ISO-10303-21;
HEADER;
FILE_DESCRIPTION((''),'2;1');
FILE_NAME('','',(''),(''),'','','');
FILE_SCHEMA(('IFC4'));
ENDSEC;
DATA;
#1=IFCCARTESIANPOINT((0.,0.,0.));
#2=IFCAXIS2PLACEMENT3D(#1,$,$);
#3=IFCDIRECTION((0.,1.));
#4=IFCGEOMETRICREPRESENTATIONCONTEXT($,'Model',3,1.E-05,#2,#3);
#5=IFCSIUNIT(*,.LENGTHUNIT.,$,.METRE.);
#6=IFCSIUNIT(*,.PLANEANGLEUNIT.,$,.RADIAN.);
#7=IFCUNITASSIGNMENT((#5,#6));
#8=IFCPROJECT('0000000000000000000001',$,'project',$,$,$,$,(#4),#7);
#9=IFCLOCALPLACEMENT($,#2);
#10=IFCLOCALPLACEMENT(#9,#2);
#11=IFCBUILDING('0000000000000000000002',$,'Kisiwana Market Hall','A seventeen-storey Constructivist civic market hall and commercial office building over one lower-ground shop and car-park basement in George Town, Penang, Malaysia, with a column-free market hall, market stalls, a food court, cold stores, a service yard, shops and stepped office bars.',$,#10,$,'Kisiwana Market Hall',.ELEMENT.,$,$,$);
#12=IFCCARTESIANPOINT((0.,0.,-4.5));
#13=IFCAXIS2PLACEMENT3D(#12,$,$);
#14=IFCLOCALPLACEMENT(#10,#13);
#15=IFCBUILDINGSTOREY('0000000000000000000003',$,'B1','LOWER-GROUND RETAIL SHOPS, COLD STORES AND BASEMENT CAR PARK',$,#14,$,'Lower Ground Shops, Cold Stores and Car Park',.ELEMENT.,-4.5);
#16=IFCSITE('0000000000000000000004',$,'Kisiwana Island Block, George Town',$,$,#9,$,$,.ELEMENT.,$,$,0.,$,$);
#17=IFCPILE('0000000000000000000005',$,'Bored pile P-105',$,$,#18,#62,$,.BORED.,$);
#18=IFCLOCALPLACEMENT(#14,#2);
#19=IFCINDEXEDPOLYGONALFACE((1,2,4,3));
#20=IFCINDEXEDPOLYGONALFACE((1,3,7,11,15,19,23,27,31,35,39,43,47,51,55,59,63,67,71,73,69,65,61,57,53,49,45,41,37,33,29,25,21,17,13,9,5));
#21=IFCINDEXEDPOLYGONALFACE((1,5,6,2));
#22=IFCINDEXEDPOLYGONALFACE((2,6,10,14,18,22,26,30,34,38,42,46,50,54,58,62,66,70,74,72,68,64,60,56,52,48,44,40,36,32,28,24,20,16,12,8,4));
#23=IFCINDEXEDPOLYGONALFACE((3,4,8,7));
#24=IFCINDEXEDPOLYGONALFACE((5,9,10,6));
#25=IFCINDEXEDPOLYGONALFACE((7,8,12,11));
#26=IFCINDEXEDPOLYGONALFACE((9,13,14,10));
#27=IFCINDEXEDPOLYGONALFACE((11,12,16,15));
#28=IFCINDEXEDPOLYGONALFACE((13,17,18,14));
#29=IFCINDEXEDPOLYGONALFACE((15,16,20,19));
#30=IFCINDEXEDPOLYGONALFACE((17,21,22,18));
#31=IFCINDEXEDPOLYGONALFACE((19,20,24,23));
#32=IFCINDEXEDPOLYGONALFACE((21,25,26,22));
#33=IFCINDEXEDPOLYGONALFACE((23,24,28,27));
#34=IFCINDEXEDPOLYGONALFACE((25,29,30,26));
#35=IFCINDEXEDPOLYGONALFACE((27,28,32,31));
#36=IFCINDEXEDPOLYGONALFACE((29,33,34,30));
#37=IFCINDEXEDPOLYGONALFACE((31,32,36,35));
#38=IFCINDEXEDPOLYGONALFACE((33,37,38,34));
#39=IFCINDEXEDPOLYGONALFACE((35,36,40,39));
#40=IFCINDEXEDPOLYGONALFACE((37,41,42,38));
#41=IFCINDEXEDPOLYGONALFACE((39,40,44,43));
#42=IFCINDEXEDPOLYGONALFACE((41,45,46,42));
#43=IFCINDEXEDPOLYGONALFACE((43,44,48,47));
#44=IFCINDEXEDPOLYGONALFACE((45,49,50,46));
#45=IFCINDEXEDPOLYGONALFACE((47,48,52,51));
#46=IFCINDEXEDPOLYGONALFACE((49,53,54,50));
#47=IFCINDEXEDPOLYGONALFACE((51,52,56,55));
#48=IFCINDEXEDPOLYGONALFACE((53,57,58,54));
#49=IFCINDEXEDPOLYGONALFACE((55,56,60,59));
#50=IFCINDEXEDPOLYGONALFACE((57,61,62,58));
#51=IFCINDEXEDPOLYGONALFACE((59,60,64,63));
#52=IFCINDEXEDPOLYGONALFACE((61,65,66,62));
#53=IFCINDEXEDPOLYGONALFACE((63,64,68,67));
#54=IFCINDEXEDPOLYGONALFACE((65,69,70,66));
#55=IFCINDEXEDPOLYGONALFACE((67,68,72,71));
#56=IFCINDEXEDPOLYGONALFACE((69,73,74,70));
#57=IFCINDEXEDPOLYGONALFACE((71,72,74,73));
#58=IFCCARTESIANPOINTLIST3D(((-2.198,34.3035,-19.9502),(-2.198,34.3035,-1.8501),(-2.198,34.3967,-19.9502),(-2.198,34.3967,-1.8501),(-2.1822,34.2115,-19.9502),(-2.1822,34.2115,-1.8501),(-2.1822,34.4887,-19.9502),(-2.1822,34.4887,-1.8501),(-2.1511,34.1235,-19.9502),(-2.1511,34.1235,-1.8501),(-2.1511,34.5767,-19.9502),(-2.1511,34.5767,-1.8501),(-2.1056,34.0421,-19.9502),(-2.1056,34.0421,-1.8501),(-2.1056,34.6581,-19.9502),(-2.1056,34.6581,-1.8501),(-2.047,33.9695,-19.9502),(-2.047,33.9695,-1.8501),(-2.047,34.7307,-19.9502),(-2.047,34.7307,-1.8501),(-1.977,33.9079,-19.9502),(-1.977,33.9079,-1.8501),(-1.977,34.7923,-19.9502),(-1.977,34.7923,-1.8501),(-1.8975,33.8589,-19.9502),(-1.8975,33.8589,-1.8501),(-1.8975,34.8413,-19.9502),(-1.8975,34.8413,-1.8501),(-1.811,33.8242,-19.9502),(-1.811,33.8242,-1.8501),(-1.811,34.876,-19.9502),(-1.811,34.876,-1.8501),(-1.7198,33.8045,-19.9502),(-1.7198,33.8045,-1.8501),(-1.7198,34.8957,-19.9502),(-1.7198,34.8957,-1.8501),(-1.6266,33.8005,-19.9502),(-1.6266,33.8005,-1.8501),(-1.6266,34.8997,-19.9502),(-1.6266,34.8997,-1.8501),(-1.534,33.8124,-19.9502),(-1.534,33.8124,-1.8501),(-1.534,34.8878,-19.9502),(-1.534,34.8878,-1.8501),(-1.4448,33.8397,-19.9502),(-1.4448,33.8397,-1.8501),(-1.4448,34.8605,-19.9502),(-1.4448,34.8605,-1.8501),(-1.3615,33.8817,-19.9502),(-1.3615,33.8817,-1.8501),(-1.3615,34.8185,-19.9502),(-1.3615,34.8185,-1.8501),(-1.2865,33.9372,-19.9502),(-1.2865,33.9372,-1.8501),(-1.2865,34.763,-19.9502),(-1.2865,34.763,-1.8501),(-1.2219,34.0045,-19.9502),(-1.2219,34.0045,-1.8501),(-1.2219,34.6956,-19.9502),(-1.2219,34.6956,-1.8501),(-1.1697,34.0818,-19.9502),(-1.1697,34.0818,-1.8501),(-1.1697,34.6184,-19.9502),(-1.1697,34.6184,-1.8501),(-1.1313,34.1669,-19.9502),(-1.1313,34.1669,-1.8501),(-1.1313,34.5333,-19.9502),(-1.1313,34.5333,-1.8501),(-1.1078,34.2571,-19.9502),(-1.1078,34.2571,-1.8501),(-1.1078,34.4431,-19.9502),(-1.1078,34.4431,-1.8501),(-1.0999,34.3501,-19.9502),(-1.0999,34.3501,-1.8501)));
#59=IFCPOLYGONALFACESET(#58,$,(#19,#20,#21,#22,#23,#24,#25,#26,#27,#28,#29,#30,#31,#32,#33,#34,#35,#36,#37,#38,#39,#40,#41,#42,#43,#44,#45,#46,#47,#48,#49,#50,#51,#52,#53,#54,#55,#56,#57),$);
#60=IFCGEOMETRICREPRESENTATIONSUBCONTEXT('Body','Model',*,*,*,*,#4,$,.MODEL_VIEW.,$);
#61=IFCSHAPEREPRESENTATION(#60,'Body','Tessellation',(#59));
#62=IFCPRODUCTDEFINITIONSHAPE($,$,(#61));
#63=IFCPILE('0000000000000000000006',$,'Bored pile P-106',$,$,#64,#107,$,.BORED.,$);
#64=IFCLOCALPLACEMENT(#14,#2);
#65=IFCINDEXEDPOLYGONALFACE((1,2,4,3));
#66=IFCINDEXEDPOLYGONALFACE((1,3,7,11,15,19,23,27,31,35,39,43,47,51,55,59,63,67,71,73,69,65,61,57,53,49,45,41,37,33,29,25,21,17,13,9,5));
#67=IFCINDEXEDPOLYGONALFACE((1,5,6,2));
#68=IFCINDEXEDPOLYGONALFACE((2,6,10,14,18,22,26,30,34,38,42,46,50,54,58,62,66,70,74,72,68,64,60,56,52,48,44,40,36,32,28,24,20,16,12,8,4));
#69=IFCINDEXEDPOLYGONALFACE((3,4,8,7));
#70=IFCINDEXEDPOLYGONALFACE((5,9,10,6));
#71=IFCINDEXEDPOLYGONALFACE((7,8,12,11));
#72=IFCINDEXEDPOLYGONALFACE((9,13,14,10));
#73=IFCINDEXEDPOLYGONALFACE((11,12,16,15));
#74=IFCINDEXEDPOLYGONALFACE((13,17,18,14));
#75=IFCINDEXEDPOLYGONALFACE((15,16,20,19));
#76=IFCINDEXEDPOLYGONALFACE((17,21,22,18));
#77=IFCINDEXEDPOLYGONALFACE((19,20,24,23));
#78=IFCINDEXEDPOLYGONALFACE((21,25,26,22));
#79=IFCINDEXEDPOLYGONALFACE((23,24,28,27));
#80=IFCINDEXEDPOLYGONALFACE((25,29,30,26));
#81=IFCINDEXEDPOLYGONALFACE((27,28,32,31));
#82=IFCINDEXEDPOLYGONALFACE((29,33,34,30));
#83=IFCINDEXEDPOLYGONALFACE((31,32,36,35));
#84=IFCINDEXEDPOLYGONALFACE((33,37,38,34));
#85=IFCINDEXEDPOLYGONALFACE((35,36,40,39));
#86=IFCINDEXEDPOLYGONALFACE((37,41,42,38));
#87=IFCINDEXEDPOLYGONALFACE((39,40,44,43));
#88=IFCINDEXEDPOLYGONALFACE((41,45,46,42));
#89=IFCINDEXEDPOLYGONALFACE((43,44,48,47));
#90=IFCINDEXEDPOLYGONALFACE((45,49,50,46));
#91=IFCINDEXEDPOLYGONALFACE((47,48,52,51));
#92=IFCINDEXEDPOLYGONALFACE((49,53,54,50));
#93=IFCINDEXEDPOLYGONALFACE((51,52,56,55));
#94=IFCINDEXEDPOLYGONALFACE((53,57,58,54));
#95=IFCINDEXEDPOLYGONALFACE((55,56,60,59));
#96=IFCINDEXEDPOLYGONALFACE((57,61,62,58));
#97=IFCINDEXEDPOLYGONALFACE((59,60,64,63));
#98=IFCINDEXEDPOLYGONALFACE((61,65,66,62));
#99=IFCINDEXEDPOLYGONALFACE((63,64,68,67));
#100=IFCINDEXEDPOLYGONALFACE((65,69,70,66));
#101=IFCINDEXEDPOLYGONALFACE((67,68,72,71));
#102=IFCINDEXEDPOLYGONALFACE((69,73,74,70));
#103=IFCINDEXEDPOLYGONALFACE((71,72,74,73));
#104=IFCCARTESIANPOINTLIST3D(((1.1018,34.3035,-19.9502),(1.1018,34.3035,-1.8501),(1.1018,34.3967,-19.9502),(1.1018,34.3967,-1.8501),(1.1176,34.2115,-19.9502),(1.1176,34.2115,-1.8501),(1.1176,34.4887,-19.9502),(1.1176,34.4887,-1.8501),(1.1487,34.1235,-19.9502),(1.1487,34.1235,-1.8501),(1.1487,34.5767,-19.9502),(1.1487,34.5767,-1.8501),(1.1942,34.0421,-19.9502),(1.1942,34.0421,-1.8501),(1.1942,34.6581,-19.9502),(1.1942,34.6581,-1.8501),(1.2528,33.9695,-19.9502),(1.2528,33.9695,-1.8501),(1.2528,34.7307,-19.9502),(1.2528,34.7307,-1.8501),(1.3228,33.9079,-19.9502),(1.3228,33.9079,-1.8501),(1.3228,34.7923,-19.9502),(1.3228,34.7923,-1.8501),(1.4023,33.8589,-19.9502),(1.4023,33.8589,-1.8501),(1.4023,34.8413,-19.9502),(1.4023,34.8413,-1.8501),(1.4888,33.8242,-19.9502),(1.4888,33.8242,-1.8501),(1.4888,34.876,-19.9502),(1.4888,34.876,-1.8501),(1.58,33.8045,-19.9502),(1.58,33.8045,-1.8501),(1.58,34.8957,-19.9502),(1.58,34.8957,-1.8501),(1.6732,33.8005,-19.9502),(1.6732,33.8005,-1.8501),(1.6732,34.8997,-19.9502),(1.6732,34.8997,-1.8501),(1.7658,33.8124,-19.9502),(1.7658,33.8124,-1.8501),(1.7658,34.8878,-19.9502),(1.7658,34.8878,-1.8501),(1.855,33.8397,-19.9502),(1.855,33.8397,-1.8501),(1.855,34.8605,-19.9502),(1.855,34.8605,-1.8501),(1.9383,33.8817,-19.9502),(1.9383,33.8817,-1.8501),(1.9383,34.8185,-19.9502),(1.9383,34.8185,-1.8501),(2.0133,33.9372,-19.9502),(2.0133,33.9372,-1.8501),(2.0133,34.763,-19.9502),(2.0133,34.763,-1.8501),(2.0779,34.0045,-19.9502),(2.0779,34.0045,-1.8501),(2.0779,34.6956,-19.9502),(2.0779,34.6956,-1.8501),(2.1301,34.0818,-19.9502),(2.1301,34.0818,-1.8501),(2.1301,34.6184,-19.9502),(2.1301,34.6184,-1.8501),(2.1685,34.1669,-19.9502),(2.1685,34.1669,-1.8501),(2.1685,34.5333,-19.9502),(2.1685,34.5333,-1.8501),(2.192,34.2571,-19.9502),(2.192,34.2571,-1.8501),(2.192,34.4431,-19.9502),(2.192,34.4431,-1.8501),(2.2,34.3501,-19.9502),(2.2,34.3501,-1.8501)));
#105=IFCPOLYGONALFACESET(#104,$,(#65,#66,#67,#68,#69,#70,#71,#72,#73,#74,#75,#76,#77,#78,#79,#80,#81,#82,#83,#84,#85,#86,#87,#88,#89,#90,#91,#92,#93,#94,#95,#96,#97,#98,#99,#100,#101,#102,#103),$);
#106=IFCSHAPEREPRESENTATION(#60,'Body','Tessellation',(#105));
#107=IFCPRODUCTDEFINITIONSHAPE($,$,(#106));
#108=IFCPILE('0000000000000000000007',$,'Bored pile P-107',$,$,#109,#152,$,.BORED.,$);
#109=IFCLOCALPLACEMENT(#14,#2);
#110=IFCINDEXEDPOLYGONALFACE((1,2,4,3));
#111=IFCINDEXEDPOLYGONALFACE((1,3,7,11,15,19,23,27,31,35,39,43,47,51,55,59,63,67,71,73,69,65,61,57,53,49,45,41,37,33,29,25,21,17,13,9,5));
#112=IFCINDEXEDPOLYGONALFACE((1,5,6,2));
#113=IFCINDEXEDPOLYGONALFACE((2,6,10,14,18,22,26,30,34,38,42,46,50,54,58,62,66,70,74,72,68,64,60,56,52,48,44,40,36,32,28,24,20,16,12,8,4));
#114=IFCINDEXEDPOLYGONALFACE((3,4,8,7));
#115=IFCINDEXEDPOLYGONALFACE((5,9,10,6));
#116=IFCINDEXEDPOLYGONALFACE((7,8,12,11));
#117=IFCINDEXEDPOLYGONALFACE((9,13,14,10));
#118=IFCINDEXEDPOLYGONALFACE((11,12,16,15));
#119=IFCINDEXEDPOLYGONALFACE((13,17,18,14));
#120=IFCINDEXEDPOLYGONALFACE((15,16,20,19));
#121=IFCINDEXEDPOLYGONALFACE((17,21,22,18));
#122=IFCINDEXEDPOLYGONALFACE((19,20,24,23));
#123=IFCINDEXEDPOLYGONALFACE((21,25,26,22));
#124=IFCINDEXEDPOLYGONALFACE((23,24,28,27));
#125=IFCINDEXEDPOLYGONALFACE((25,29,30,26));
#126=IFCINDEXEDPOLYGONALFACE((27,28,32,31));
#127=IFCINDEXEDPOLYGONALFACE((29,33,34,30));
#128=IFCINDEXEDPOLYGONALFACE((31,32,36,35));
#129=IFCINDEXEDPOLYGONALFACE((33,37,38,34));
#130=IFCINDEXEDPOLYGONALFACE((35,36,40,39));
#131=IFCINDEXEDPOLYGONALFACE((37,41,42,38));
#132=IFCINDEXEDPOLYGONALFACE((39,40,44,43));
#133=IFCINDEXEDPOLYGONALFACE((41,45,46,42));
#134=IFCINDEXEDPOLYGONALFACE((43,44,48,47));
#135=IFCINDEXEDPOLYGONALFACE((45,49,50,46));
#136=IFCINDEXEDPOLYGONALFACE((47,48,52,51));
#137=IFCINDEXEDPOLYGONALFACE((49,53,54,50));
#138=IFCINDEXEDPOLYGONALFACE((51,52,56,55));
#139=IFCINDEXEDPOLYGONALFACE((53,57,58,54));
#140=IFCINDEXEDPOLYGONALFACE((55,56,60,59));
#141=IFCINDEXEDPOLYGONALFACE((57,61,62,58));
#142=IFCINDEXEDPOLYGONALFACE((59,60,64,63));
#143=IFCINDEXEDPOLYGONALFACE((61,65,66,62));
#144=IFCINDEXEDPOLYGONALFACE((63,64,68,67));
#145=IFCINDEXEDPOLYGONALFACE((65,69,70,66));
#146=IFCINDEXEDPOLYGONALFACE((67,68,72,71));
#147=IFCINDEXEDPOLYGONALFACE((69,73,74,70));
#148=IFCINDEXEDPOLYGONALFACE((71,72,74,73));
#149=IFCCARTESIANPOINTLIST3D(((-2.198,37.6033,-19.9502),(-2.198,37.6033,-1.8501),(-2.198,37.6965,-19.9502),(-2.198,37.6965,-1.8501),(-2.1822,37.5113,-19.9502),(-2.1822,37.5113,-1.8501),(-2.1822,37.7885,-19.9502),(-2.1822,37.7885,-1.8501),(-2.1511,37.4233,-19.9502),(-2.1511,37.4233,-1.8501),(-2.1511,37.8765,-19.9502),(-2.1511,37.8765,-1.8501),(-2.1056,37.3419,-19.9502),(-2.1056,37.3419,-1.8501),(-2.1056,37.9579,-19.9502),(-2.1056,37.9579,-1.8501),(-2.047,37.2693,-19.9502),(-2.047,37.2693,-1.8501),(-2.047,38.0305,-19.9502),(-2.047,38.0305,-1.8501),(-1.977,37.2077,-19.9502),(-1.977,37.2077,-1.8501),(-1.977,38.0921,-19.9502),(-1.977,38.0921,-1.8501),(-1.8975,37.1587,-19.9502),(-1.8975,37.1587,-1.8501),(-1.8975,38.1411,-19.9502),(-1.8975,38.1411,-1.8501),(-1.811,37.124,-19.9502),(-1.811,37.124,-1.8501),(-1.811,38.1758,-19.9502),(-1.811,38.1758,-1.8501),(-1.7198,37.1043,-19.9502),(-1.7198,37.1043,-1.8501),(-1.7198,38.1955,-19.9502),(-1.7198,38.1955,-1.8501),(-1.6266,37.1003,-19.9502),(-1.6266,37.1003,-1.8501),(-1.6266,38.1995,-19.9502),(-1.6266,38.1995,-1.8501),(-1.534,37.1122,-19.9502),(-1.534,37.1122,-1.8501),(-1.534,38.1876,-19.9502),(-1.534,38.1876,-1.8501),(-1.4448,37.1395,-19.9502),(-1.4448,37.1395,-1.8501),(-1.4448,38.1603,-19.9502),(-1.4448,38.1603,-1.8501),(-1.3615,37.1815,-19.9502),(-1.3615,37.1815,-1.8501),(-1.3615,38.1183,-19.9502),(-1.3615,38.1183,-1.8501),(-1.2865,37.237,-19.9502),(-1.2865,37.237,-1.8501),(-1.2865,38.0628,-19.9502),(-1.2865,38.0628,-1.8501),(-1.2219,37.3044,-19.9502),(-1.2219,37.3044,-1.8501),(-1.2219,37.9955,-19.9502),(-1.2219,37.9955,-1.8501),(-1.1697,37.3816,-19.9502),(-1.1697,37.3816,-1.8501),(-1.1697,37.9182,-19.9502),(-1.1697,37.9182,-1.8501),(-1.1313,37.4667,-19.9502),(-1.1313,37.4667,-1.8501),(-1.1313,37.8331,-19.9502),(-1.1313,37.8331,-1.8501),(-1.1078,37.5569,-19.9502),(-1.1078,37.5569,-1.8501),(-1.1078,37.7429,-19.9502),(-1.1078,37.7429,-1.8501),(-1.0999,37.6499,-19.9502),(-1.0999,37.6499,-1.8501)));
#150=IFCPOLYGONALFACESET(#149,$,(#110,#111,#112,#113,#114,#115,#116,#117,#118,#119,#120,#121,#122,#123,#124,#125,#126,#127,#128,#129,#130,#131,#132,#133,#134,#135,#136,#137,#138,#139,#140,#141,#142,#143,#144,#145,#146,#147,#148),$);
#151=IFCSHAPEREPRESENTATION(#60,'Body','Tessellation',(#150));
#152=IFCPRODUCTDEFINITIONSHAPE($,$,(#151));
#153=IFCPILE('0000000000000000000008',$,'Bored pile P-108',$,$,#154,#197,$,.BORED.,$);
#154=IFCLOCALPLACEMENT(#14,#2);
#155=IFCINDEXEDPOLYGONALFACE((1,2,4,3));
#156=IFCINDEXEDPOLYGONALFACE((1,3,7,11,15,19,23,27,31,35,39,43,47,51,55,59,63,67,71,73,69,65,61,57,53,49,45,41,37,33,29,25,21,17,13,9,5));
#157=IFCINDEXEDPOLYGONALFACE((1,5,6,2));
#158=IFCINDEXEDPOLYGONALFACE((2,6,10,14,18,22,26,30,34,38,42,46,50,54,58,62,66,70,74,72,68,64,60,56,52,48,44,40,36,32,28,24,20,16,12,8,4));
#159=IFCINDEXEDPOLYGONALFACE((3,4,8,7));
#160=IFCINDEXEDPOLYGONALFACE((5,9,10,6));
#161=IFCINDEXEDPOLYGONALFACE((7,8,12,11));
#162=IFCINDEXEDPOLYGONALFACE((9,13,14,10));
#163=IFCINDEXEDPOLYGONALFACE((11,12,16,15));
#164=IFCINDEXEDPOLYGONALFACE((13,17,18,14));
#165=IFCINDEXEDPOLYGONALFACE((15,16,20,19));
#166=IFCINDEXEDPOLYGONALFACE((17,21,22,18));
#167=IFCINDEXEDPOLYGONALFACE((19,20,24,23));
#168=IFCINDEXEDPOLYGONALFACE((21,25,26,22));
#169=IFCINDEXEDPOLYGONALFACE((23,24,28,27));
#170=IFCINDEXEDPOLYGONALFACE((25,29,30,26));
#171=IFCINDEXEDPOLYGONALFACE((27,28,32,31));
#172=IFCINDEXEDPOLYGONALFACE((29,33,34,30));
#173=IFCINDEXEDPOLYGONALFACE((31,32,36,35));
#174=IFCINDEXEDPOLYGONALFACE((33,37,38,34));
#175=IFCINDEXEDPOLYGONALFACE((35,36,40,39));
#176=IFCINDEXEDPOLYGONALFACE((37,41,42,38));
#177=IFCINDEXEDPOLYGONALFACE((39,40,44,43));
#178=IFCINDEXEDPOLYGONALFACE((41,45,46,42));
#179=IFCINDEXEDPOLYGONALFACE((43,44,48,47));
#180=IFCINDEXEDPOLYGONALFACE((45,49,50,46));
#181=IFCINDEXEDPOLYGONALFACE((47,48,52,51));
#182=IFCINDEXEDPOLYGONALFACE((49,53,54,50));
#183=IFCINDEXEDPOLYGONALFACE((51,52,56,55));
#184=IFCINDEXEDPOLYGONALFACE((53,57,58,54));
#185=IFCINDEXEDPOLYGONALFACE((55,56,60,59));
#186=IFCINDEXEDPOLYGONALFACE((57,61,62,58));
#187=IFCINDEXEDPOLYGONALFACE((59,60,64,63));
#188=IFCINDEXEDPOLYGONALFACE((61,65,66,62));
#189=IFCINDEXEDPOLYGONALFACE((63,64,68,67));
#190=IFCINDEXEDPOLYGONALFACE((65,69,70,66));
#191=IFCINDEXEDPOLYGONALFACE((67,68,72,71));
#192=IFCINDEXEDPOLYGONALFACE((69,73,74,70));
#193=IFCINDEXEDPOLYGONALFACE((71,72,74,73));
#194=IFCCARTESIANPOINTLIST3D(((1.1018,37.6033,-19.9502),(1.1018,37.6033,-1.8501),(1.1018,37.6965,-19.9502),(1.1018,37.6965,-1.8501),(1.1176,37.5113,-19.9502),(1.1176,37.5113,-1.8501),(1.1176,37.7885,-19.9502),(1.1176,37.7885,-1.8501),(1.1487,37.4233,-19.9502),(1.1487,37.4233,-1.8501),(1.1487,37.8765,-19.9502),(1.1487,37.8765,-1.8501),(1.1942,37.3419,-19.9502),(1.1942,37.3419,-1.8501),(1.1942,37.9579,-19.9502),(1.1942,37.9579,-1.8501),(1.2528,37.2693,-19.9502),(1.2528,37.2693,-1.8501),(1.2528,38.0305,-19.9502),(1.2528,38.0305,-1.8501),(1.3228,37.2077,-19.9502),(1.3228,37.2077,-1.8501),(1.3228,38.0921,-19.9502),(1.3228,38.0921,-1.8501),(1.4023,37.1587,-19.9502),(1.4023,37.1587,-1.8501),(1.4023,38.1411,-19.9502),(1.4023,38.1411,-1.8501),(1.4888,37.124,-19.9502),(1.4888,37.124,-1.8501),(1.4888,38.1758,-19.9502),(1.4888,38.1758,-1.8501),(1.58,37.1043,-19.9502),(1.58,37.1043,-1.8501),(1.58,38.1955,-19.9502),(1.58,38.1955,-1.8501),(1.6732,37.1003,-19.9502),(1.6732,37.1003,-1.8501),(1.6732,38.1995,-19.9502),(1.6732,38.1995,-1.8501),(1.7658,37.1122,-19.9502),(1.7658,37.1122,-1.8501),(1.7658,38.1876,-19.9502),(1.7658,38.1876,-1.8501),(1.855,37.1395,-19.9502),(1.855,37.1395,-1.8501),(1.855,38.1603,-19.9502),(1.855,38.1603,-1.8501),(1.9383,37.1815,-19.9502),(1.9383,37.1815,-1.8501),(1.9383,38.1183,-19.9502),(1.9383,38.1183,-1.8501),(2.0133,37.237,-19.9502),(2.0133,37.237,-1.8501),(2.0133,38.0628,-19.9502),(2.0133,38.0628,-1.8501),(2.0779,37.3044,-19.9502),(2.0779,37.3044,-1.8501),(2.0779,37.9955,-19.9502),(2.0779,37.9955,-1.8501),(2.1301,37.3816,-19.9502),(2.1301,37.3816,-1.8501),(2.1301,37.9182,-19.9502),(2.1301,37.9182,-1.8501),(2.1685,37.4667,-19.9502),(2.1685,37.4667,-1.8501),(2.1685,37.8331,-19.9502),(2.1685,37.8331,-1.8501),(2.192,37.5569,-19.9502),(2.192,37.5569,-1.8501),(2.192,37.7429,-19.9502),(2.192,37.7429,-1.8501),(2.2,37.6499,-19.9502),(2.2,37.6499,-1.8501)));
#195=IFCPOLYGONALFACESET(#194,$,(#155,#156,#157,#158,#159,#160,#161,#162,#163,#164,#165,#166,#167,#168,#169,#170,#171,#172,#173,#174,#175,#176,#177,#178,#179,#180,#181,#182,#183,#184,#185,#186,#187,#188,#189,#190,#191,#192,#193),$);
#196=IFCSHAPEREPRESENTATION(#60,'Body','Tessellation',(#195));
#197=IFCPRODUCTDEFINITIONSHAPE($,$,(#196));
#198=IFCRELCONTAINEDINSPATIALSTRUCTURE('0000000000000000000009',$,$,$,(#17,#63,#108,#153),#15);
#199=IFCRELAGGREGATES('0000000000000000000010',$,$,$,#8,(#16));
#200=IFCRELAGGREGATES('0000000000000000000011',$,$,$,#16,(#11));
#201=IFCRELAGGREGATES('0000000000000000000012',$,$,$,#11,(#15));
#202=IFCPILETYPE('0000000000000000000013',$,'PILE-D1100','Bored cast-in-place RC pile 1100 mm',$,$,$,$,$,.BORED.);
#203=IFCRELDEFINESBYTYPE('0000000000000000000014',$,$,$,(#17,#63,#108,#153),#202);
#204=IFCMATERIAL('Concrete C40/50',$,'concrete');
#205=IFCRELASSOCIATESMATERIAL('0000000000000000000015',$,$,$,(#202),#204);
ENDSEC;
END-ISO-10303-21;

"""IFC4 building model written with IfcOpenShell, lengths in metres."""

from ifc_helpers import new_model, si_unit, direction, frame, origin, origin_2d, place, context, subcontext, project, spatial, circle, extrude, material, material_profile, profile_set, type_object, element, save


model = new_model("IFC4")

# Units and contexts
model_context = context("Model", 3, precision=1e-05, world=origin(), true_north=direction((0.0, 1.0)))
body_context = subcontext(model_context, "Body", "Model", "MODEL_VIEW")
ifc_project = project(units=[si_unit("LENGTHUNIT", "METRE"), si_unit("PLANEANGLEUNIT", "RADIAN")], contexts=[model_context])

# Site, building, storey
site_placement = place(None, origin())
site = spatial("IfcSite", under=ifc_project, at=site_placement, Name="Kisiwana Island Block, George Town", CompositionType="ELEMENT", RefElevation=0.0)
building_placement = place(site_placement, origin())
building = spatial("IfcBuilding", under=site, at=building_placement, Name="Kisiwana Market Hall", Description="A seventeen-storey Constructivist civic market hall and commercial office building over one lower-ground shop and car-park basement in George Town, Penang, Malaysia, with a column-free market hall, market stalls, a food court, cold stores, a service yard, shops and stepped office bars.", LongName="Kisiwana Market Hall", CompositionType="ELEMENT")
storey_placement = place(building_placement, frame((0.0, 0.0, -4.5)))
storey = spatial("IfcBuildingStorey", under=building, at=storey_placement, Name="B1", Description="LOWER-GROUND RETAIL SHOPS, COLD STORES AND BASEMENT CAR PARK", LongName="Lower Ground Shops, Cold Stores and Car Park", CompositionType="ELEMENT", Elevation=-4.5)

# Piles
ifc_material_1 = material(Name="Concrete C40/50", Category="concrete")
ifc_material_profile_1 = material_profile(ifc_material_1, circle(Radius=0.55, at=origin_2d()), Name="BP D1100")
ifc_profile_set_1 = profile_set([ifc_material_profile_1], Name="Concrete C40/50")
pile_type_1 = type_object("IfcPileType", Name="PILE-D1100", Description="Bored cast-in-place RC pile 1100 mm", PredefinedType="BORED", material=ifc_profile_set_1)
for number, where, z_axis, x_axis, name in (
    (1, (-1.6499, 34.3501, -1.8501), (0.0, 0.0, -1.0), (1.0, 0.0, 0.0), "Bored pile P-105"),
    (2, (1.6499, 34.3501, -1.8501), (0.0, 0.0, -1.0), (1.0, 0.0, 0.0), "Bored pile P-106"),
    (3, (-1.6499, 37.6499, -1.8501), (0.0, 0.0, -1.0), (1.0, 0.0, 0.0), "Bored pile P-107"),
    (4, (1.6499, 37.6499, -1.8501), (0.0, 0.0, -1.0), (1.0, 0.0, 0.0), "Bored pile P-108"),
):
    element("IfcPile", number, at=place(storey_placement, frame(where, z_axis=z_axis, x_axis=x_axis)), inside=storey, type_object=pile_type_1, Name=name, PredefinedType="BORED", context=body_context, shape_type="SweptSolid", body=[
        extrude(circle(Radius=0.55, at=origin_2d()), origin(), (0.0, 0.0, 1.0), 18.1001),
    ])

save(model, "model.ifc")
